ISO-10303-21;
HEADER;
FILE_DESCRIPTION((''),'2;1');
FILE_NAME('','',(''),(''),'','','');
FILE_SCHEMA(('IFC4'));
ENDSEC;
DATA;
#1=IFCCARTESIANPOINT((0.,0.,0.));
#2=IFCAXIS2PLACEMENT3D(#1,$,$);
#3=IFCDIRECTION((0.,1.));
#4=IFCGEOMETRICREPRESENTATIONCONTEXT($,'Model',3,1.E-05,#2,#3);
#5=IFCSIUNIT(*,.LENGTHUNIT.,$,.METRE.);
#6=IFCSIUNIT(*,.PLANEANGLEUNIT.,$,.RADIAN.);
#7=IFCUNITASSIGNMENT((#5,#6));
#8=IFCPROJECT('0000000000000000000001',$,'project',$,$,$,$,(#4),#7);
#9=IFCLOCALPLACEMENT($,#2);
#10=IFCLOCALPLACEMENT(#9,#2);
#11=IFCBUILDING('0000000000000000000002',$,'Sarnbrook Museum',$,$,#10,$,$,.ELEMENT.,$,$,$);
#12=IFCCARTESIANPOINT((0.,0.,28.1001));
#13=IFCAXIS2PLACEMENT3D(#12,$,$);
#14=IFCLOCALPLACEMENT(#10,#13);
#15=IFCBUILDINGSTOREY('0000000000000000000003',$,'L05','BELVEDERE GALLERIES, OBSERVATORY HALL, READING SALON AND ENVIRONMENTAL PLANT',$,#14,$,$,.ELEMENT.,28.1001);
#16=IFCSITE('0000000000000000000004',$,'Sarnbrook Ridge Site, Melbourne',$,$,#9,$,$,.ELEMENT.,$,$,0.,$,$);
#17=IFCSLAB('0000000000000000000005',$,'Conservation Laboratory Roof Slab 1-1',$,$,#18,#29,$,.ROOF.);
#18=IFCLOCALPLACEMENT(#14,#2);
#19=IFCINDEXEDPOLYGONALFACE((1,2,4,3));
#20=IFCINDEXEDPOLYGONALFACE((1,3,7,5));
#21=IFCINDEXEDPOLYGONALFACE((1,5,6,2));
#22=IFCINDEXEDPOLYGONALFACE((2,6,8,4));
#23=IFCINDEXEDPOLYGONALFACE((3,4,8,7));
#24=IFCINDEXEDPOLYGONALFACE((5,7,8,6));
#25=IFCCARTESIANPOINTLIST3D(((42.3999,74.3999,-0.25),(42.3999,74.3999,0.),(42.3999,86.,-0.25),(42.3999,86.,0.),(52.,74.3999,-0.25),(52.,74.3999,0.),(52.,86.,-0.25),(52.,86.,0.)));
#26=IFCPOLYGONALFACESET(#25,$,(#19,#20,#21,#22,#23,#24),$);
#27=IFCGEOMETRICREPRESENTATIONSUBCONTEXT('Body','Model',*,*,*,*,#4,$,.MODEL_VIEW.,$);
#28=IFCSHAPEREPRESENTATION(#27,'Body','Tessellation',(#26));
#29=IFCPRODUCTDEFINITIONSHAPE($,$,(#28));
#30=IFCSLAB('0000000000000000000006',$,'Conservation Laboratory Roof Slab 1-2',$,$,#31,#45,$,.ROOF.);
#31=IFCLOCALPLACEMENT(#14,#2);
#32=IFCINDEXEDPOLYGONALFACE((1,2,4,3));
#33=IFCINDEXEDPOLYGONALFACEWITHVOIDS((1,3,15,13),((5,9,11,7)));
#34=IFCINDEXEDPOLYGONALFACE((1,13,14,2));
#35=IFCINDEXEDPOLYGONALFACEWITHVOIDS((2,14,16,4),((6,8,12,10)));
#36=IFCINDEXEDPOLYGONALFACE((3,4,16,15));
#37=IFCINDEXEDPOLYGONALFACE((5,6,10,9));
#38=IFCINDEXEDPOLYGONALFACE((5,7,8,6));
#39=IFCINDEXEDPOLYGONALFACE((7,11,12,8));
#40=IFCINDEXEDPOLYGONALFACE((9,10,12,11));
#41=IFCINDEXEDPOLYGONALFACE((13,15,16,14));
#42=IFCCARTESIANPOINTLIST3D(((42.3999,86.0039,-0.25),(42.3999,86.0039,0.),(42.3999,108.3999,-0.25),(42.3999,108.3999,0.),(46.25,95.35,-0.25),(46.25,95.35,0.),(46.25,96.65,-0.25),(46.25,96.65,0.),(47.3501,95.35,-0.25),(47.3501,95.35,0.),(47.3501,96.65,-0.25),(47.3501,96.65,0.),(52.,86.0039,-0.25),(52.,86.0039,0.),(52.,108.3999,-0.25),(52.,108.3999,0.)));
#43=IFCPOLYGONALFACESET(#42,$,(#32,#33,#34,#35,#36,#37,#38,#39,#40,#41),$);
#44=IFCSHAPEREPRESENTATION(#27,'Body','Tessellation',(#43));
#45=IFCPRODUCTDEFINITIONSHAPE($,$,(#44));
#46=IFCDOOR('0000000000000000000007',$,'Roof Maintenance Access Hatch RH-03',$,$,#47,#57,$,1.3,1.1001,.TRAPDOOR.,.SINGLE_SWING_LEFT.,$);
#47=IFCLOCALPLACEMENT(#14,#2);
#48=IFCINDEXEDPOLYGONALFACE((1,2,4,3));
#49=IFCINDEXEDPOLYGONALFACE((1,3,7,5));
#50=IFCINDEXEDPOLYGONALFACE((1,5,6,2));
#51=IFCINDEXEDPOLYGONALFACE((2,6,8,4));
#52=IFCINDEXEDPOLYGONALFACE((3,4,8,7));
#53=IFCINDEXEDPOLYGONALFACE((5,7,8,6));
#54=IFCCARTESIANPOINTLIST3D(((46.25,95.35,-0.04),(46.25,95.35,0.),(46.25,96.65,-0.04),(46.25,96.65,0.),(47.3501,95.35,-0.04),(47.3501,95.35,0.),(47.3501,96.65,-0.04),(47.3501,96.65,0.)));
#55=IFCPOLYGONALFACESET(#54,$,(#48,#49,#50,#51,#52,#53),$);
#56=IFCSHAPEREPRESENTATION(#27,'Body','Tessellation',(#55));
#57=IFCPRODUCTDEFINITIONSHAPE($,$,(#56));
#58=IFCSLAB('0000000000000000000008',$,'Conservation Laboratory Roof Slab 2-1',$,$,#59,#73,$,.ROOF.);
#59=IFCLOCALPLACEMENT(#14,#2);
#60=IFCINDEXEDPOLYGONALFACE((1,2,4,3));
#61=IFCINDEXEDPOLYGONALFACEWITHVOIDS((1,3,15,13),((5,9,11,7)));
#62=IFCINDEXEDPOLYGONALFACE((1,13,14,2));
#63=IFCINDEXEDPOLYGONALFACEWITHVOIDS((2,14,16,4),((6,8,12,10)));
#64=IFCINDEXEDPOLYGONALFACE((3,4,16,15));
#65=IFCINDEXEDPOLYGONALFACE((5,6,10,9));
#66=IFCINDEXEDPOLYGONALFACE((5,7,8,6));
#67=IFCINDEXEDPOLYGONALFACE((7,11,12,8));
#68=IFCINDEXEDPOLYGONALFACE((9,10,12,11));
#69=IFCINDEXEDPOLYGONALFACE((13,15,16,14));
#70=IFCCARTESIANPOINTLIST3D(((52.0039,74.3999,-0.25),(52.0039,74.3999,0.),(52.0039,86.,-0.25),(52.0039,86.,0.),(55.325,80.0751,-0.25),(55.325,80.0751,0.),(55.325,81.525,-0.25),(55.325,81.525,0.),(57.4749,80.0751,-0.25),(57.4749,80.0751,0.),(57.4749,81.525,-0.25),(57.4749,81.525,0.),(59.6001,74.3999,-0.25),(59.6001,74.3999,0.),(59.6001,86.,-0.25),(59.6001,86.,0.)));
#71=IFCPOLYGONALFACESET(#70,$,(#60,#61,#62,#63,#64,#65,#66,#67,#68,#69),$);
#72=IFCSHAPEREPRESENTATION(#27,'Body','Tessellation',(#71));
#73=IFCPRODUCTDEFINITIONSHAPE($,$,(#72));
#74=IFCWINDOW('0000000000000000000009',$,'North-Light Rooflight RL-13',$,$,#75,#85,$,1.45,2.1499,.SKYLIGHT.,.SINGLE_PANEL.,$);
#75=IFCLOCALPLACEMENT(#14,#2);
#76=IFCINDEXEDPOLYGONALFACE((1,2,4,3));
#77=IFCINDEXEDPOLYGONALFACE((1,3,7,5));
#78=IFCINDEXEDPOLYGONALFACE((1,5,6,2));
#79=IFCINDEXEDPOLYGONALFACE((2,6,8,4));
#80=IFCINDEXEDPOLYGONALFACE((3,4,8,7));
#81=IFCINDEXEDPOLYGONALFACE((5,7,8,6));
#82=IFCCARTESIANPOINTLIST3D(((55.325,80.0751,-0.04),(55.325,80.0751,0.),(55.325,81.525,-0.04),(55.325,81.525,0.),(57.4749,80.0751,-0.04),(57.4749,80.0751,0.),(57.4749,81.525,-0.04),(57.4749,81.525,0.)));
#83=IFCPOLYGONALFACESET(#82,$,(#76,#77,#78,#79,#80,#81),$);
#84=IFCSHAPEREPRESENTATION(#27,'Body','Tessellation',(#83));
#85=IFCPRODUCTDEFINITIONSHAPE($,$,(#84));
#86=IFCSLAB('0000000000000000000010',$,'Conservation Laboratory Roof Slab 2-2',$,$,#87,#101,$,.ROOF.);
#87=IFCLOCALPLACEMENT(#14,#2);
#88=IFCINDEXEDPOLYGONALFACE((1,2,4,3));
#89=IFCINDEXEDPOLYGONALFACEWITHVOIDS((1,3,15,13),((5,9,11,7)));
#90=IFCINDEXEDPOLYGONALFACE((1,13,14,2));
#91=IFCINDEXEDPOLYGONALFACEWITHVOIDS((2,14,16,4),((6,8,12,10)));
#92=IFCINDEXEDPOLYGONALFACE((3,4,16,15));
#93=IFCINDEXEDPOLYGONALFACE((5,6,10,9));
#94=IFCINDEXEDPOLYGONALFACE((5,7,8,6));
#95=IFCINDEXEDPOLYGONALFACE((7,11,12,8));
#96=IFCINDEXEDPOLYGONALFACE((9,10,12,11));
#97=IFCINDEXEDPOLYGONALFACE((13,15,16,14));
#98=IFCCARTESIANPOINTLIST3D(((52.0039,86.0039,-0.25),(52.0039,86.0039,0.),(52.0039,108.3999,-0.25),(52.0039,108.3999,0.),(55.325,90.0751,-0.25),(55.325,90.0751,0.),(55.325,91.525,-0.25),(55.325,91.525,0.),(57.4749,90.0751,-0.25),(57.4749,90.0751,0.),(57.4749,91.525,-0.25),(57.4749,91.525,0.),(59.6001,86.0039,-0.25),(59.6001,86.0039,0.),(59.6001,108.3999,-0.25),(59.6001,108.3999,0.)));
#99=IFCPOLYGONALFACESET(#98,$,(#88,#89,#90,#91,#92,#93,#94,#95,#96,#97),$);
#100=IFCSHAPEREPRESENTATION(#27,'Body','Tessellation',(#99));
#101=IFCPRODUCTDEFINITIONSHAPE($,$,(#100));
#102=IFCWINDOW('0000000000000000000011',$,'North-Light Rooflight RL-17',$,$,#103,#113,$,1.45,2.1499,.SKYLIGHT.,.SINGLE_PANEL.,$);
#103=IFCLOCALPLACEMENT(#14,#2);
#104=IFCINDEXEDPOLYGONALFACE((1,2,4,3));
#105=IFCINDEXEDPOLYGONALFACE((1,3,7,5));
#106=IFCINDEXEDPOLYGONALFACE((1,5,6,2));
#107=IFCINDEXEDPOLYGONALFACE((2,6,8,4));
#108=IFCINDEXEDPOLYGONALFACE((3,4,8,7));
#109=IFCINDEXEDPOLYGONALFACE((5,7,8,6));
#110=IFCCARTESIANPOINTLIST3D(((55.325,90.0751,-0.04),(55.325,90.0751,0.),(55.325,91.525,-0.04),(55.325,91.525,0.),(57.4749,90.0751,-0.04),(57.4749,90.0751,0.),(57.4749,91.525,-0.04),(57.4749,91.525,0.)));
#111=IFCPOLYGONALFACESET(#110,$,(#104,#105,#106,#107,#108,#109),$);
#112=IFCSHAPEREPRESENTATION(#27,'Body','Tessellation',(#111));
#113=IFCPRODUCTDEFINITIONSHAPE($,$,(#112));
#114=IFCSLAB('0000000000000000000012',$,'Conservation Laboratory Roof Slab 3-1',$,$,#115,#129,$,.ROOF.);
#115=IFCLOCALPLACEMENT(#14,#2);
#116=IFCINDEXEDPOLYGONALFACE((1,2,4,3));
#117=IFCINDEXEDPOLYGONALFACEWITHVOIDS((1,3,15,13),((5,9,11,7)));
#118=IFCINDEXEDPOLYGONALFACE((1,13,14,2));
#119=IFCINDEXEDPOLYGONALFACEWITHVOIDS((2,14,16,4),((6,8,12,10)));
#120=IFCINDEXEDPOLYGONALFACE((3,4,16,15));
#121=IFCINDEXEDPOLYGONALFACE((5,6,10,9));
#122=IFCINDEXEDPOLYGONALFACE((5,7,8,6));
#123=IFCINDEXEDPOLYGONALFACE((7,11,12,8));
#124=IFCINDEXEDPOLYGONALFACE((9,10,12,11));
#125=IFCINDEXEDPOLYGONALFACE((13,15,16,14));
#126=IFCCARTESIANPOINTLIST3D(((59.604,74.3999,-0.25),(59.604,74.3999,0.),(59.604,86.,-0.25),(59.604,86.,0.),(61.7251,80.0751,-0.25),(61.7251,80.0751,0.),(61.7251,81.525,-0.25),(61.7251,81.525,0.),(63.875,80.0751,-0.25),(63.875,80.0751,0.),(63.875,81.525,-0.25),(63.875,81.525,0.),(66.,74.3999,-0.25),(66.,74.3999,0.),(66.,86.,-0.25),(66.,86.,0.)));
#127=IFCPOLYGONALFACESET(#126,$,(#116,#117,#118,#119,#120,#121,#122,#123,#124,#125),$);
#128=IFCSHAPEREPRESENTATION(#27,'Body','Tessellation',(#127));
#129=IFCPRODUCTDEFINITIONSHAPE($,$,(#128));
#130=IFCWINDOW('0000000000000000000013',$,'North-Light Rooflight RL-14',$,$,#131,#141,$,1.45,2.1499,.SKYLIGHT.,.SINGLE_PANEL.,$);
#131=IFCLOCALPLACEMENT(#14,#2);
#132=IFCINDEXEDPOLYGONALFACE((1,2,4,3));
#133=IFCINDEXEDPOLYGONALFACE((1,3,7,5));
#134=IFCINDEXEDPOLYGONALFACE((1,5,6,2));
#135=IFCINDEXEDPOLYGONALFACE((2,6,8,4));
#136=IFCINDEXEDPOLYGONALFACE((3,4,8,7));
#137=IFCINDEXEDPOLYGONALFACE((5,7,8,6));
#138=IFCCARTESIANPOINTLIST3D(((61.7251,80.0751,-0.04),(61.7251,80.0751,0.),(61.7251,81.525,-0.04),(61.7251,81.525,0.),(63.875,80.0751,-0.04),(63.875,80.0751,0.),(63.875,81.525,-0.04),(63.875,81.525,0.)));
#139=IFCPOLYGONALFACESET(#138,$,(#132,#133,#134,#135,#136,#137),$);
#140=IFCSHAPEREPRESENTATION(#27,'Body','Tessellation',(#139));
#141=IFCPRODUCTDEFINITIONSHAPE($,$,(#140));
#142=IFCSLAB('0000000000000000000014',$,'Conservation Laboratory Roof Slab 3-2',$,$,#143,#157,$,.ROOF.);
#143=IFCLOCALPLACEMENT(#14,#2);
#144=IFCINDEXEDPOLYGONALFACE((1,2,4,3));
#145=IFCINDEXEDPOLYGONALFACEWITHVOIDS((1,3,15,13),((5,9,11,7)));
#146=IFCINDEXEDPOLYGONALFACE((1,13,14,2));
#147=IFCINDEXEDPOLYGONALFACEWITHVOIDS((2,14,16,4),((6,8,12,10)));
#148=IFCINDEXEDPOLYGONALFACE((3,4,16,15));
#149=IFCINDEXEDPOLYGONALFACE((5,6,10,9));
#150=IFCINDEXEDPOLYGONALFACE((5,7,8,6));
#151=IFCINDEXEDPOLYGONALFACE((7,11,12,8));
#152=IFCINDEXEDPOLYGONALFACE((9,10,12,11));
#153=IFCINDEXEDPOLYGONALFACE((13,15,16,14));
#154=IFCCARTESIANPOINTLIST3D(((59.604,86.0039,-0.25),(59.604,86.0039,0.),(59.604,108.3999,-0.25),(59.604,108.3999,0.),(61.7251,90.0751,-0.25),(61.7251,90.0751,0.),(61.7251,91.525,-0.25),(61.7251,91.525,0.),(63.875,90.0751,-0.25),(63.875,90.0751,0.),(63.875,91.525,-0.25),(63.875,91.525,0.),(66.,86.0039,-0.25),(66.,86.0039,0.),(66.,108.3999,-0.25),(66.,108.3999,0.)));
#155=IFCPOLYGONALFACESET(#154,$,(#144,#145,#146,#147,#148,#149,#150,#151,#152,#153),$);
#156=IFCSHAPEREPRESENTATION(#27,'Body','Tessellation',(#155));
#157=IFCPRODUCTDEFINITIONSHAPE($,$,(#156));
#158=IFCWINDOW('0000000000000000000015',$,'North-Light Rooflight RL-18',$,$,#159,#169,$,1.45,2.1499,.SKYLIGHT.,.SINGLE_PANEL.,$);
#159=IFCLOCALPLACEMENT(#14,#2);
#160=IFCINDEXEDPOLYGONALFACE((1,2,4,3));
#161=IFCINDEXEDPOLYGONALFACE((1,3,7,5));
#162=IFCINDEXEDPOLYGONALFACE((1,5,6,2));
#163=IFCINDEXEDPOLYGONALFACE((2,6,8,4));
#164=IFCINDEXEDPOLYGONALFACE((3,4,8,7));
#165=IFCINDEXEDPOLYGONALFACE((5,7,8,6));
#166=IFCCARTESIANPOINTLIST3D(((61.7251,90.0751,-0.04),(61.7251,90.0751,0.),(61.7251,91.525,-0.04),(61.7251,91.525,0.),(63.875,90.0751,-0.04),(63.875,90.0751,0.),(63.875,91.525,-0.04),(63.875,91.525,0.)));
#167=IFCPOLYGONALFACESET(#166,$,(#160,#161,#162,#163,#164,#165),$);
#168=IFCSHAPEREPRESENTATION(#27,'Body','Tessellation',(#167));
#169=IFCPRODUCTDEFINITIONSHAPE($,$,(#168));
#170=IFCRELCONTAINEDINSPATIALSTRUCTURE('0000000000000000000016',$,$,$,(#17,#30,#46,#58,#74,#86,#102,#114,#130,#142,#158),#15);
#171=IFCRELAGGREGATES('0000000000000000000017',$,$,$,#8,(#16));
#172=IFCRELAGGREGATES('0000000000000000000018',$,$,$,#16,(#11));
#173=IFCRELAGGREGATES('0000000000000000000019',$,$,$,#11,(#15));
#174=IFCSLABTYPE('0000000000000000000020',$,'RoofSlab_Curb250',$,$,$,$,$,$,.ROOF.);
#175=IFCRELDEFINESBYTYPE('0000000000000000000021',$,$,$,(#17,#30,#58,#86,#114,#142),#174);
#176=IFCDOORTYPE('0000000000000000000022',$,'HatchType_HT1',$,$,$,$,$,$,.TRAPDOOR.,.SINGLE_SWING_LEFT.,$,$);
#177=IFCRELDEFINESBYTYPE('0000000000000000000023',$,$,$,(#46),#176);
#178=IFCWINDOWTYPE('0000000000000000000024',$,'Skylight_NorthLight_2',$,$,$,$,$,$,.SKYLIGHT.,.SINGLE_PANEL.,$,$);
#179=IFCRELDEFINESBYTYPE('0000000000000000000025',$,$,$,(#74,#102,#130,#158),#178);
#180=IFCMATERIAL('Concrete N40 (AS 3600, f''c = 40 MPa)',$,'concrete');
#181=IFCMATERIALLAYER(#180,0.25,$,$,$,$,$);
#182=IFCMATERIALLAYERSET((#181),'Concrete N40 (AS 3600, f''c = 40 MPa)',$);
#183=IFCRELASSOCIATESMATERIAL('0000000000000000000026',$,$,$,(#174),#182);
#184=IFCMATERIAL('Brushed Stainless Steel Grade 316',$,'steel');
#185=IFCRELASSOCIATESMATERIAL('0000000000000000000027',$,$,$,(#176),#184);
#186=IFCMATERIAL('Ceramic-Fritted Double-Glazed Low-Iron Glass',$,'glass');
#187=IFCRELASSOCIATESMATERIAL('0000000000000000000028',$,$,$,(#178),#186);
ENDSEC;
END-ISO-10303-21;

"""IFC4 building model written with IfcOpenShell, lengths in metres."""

from ifc_helpers import new_model, si_unit, direction, frame, origin, origin_2d, place, context, subcontext, project, spatial, polyline, rectangle, outline, extrude, material, layer, layer_set, type_object, element, fill, save


model = new_model("IFC4")

# Units and contexts
model_context = context("Model", 3, precision=1e-05, world=origin(), true_north=direction((0.0, 1.0)))
body_context = subcontext(model_context, "Body", "Model", "MODEL_VIEW")
ifc_project = project(units=[si_unit("LENGTHUNIT", "METRE"), si_unit("PLANEANGLEUNIT", "RADIAN")], contexts=[model_context])

# Site, building, storey
site_placement = place(None, origin())
site = spatial("IfcSite", under=ifc_project, at=site_placement, Name="Sarnbrook Ridge Site, Melbourne", CompositionType="ELEMENT", RefElevation=0.0)
building_placement = place(site_placement, origin())
building = spatial("IfcBuilding", under=site, at=building_placement, Name="Sarnbrook Museum", CompositionType="ELEMENT")
storey_placement = place(building_placement, frame((0.0, 0.0, 28.1001)))
storey = spatial("IfcBuildingStorey", under=building, at=storey_placement, Name="L05", Description="BELVEDERE GALLERIES, OBSERVATORY HALL, READING SALON AND ENVIRONMENTAL PLANT", CompositionType="ELEMENT", Elevation=28.1001)

# Slab
ifc_material_1 = material(Name="Concrete N40 (AS 3600, f'c = 40 MPa)", Category="concrete")
ifc_layer = layer(ifc_material_1, 0.25)
ifc_layer_set = layer_set([ifc_layer], Name="Concrete N40 (AS 3600, f'c = 40 MPa)")
slab_type = type_object("IfcSlabType", Name="RoofSlab_Curb250", PredefinedType="ROOF", material=ifc_layer_set)
slab_1_placement = place(storey_placement, frame((0.0, 0.0, -0.25)))
element("IfcSlab", 1, at=slab_1_placement, inside=storey, type_object=slab_type, Name="Conservation Laboratory Roof Slab 1-1", PredefinedType="ROOF", context=body_context, shape_type="SweptSolid", body=[
    extrude(outline(polyline([(42.3999, 74.3999), (42.3999, 86.0), (52.0, 86.0), (52.0, 74.3999), (42.3999, 74.3999)])), origin(), (0.0, 0.0, 1.0), 0.25),
])

# Slab, opening, door
slab_2_placement = place(storey_placement, frame((0.0, 0.0, -0.25)))
slab_2 = element("IfcSlab", 2, at=slab_2_placement, inside=storey, type_object=slab_type, Name="Conservation Laboratory Roof Slab 1-2", PredefinedType="ROOF", context=body_context, shape_type="SweptSolid", body=[
    extrude(outline(polyline([(42.3999, 108.3999), (52.0, 108.3999), (52.0, 86.0039), (42.3999, 86.0039), (42.3999, 108.3999)])), origin(), (0.0, 0.0, 1.0), 0.25),
])
opening_1_placement = place(slab_2_placement, frame((46.8, 96.0, -0.01)))
opening_1 = element("IfcOpeningElement", 3, at=opening_1_placement, cuts=slab_2, PredefinedType="OPENING", context=body_context, shape_type="SweptSolid", body=[
    extrude(rectangle(XDim=1.1001, YDim=1.3, at=origin_2d()), origin(), (0.0, 0.0, 1.0), 0.27),
])
ifc_material_2 = material(Name="Brushed Stainless Steel Grade 316", Category="steel")
door_type = type_object("IfcDoorType", Name="HatchType_HT1", OperationType="SINGLE_SWING_LEFT", PredefinedType="TRAPDOOR", material=ifc_material_2)
door_placement = place(opening_1_placement, frame((0.0, 0.0, 0.22)))
door = element("IfcDoor", 4, at=door_placement, inside=storey, type_object=door_type, Name="Roof Maintenance Access Hatch RH-03", OperationType="SINGLE_SWING_LEFT", OverallHeight=1.3, OverallWidth=1.1001, PredefinedType="TRAPDOOR", context=body_context, shape_type="SweptSolid", body=[
    extrude(rectangle(XDim=1.1001, YDim=1.3, at=origin_2d()), origin(), (0.0, 0.0, 1.0), 0.04),
])
fill(opening_1, door)

# Slabs, openings, windows
slab_3_placement = place(storey_placement, frame((0.0, 0.0, -0.25)))
slab_3 = element("IfcSlab", 5, at=slab_3_placement, inside=storey, type_object=slab_type, Name="Conservation Laboratory Roof Slab 2-1", PredefinedType="ROOF", context=body_context, shape_type="SweptSolid", body=[
    extrude(outline(polyline([(59.6001, 86.0), (59.6001, 74.3999), (52.0039, 74.3999), (52.0039, 86.0), (59.6001, 86.0)])), origin(), (0.0, 0.0, 1.0), 0.25),
])
opening_2_placement = place(slab_3_placement, frame((56.3999, 80.8, -0.01)))
opening_2 = element("IfcOpeningElement", 6, at=opening_2_placement, cuts=slab_3, PredefinedType="OPENING", context=body_context, shape_type="SweptSolid", body=[
    extrude(rectangle(XDim=2.1499, YDim=1.45, at=origin_2d()), origin(), (0.0, 0.0, 1.0), 0.27),
])
ifc_material_3 = material(Name="Ceramic-Fritted Double-Glazed Low-Iron Glass", Category="glass")
window_type = type_object("IfcWindowType", Name="Skylight_NorthLight_2", PartitioningType="SINGLE_PANEL", PredefinedType="SKYLIGHT", material=ifc_material_3)
window_1_placement = place(opening_2_placement, frame((0.0, 0.0, 0.22)))
window_1 = element("IfcWindow", 7, at=window_1_placement, inside=storey, type_object=window_type, Name="North-Light Rooflight RL-13", OverallHeight=1.45, OverallWidth=2.1499, PartitioningType="SINGLE_PANEL", PredefinedType="SKYLIGHT", context=body_context, shape_type="SweptSolid", body=[
    extrude(rectangle(XDim=2.1499, YDim=1.45, at=origin_2d()), origin(), (0.0, 0.0, 1.0), 0.04),
])
fill(opening_2, window_1)
slab_4_placement = place(storey_placement, frame((0.0, 0.0, -0.25)))
slab_4 = element("IfcSlab", 8, at=slab_4_placement, inside=storey, type_object=slab_type, Name="Conservation Laboratory Roof Slab 2-2", PredefinedType="ROOF", context=body_context, shape_type="SweptSolid", body=[
    extrude(outline(polyline([(59.6001, 108.3999), (59.6001, 86.0039), (52.0039, 86.0039), (52.0039, 108.3999), (59.6001, 108.3999)])), origin(), (0.0, 0.0, 1.0), 0.25),
])
opening_3_placement = place(slab_4_placement, frame((56.3999, 90.8, -0.01)))
opening_3 = element("IfcOpeningElement", 9, at=opening_3_placement, cuts=slab_4, PredefinedType="OPENING", context=body_context, shape_type="SweptSolid", body=[
    extrude(rectangle(XDim=2.1499, YDim=1.45, at=origin_2d()), origin(), (0.0, 0.0, 1.0), 0.27),
])
window_2_placement = place(opening_3_placement, frame((0.0, 0.0, 0.22)))
window_2 = element("IfcWindow", 10, at=window_2_placement, inside=storey, type_object=window_type, Name="North-Light Rooflight RL-17", OverallHeight=1.45, OverallWidth=2.1499, PartitioningType="SINGLE_PANEL", PredefinedType="SKYLIGHT", context=body_context, shape_type="SweptSolid", body=[
    extrude(rectangle(XDim=2.1499, YDim=1.45, at=origin_2d()), origin(), (0.0, 0.0, 1.0), 0.04),
])
fill(opening_3, window_2)
slab_5_placement = place(storey_placement, frame((0.0, 0.0, -0.25)))
slab_5 = element("IfcSlab", 11, at=slab_5_placement, inside=storey, type_object=slab_type, Name="Conservation Laboratory Roof Slab 3-1", PredefinedType="ROOF", context=body_context, shape_type="SweptSolid", body=[
    extrude(outline(polyline([(66.0, 86.0), (66.0, 74.3999), (59.604, 74.3999), (59.604, 86.0), (66.0, 86.0)])), origin(), (0.0, 0.0, 1.0), 0.25),
])
opening_4_placement = place(slab_5_placement, frame((62.8, 80.8, -0.01)))
opening_4 = element("IfcOpeningElement", 12, at=opening_4_placement, cuts=slab_5, PredefinedType="OPENING", context=body_context, shape_type="SweptSolid", body=[
    extrude(rectangle(XDim=2.1499, YDim=1.45, at=origin_2d()), origin(), (0.0, 0.0, 1.0), 0.27),
])
window_3_placement = place(opening_4_placement, frame((0.0, 0.0, 0.22)))
window_3 = element("IfcWindow", 13, at=window_3_placement, inside=storey, type_object=window_type, Name="North-Light Rooflight RL-14", OverallHeight=1.45, OverallWidth=2.1499, PartitioningType="SINGLE_PANEL", PredefinedType="SKYLIGHT", context=body_context, shape_type="SweptSolid", body=[
    extrude(rectangle(XDim=2.1499, YDim=1.45, at=origin_2d()), origin(), (0.0, 0.0, 1.0), 0.04),
])
fill(opening_4, window_3)
slab_6_placement = place(storey_placement, frame((0.0, 0.0, -0.25)))
slab_6 = element("IfcSlab", 14, at=slab_6_placement, inside=storey, type_object=slab_type, Name="Conservation Laboratory Roof Slab 3-2", PredefinedType="ROOF", context=body_context, shape_type="SweptSolid", body=[
    extrude(outline(polyline([(66.0, 108.3999), (66.0, 86.0039), (59.604, 86.0039), (59.604, 108.3999), (66.0, 108.3999)])), origin(), (0.0, 0.0, 1.0), 0.25),
])
opening_5_placement = place(slab_6_placement, frame((62.8, 90.8, -0.01)))
opening_5 = element("IfcOpeningElement", 15, at=opening_5_placement, cuts=slab_6, PredefinedType="OPENING", context=body_context, shape_type="SweptSolid", body=[
    extrude(rectangle(XDim=2.1499, YDim=1.45, at=origin_2d()), origin(), (0.0, 0.0, 1.0), 0.27),
])
window_4_placement = place(opening_5_placement, frame((0.0, 0.0, 0.22)))
window_4 = element("IfcWindow", 16, at=window_4_placement, inside=storey, type_object=window_type, Name="North-Light Rooflight RL-18", OverallHeight=1.45, OverallWidth=2.1499, PartitioningType="SINGLE_PANEL", PredefinedType="SKYLIGHT", context=body_context, shape_type="SweptSolid", body=[
    extrude(rectangle(XDim=2.1499, YDim=1.45, at=origin_2d()), origin(), (0.0, 0.0, 1.0), 0.04),
])
fill(opening_5, window_4)

save(model, "model.ifc")
